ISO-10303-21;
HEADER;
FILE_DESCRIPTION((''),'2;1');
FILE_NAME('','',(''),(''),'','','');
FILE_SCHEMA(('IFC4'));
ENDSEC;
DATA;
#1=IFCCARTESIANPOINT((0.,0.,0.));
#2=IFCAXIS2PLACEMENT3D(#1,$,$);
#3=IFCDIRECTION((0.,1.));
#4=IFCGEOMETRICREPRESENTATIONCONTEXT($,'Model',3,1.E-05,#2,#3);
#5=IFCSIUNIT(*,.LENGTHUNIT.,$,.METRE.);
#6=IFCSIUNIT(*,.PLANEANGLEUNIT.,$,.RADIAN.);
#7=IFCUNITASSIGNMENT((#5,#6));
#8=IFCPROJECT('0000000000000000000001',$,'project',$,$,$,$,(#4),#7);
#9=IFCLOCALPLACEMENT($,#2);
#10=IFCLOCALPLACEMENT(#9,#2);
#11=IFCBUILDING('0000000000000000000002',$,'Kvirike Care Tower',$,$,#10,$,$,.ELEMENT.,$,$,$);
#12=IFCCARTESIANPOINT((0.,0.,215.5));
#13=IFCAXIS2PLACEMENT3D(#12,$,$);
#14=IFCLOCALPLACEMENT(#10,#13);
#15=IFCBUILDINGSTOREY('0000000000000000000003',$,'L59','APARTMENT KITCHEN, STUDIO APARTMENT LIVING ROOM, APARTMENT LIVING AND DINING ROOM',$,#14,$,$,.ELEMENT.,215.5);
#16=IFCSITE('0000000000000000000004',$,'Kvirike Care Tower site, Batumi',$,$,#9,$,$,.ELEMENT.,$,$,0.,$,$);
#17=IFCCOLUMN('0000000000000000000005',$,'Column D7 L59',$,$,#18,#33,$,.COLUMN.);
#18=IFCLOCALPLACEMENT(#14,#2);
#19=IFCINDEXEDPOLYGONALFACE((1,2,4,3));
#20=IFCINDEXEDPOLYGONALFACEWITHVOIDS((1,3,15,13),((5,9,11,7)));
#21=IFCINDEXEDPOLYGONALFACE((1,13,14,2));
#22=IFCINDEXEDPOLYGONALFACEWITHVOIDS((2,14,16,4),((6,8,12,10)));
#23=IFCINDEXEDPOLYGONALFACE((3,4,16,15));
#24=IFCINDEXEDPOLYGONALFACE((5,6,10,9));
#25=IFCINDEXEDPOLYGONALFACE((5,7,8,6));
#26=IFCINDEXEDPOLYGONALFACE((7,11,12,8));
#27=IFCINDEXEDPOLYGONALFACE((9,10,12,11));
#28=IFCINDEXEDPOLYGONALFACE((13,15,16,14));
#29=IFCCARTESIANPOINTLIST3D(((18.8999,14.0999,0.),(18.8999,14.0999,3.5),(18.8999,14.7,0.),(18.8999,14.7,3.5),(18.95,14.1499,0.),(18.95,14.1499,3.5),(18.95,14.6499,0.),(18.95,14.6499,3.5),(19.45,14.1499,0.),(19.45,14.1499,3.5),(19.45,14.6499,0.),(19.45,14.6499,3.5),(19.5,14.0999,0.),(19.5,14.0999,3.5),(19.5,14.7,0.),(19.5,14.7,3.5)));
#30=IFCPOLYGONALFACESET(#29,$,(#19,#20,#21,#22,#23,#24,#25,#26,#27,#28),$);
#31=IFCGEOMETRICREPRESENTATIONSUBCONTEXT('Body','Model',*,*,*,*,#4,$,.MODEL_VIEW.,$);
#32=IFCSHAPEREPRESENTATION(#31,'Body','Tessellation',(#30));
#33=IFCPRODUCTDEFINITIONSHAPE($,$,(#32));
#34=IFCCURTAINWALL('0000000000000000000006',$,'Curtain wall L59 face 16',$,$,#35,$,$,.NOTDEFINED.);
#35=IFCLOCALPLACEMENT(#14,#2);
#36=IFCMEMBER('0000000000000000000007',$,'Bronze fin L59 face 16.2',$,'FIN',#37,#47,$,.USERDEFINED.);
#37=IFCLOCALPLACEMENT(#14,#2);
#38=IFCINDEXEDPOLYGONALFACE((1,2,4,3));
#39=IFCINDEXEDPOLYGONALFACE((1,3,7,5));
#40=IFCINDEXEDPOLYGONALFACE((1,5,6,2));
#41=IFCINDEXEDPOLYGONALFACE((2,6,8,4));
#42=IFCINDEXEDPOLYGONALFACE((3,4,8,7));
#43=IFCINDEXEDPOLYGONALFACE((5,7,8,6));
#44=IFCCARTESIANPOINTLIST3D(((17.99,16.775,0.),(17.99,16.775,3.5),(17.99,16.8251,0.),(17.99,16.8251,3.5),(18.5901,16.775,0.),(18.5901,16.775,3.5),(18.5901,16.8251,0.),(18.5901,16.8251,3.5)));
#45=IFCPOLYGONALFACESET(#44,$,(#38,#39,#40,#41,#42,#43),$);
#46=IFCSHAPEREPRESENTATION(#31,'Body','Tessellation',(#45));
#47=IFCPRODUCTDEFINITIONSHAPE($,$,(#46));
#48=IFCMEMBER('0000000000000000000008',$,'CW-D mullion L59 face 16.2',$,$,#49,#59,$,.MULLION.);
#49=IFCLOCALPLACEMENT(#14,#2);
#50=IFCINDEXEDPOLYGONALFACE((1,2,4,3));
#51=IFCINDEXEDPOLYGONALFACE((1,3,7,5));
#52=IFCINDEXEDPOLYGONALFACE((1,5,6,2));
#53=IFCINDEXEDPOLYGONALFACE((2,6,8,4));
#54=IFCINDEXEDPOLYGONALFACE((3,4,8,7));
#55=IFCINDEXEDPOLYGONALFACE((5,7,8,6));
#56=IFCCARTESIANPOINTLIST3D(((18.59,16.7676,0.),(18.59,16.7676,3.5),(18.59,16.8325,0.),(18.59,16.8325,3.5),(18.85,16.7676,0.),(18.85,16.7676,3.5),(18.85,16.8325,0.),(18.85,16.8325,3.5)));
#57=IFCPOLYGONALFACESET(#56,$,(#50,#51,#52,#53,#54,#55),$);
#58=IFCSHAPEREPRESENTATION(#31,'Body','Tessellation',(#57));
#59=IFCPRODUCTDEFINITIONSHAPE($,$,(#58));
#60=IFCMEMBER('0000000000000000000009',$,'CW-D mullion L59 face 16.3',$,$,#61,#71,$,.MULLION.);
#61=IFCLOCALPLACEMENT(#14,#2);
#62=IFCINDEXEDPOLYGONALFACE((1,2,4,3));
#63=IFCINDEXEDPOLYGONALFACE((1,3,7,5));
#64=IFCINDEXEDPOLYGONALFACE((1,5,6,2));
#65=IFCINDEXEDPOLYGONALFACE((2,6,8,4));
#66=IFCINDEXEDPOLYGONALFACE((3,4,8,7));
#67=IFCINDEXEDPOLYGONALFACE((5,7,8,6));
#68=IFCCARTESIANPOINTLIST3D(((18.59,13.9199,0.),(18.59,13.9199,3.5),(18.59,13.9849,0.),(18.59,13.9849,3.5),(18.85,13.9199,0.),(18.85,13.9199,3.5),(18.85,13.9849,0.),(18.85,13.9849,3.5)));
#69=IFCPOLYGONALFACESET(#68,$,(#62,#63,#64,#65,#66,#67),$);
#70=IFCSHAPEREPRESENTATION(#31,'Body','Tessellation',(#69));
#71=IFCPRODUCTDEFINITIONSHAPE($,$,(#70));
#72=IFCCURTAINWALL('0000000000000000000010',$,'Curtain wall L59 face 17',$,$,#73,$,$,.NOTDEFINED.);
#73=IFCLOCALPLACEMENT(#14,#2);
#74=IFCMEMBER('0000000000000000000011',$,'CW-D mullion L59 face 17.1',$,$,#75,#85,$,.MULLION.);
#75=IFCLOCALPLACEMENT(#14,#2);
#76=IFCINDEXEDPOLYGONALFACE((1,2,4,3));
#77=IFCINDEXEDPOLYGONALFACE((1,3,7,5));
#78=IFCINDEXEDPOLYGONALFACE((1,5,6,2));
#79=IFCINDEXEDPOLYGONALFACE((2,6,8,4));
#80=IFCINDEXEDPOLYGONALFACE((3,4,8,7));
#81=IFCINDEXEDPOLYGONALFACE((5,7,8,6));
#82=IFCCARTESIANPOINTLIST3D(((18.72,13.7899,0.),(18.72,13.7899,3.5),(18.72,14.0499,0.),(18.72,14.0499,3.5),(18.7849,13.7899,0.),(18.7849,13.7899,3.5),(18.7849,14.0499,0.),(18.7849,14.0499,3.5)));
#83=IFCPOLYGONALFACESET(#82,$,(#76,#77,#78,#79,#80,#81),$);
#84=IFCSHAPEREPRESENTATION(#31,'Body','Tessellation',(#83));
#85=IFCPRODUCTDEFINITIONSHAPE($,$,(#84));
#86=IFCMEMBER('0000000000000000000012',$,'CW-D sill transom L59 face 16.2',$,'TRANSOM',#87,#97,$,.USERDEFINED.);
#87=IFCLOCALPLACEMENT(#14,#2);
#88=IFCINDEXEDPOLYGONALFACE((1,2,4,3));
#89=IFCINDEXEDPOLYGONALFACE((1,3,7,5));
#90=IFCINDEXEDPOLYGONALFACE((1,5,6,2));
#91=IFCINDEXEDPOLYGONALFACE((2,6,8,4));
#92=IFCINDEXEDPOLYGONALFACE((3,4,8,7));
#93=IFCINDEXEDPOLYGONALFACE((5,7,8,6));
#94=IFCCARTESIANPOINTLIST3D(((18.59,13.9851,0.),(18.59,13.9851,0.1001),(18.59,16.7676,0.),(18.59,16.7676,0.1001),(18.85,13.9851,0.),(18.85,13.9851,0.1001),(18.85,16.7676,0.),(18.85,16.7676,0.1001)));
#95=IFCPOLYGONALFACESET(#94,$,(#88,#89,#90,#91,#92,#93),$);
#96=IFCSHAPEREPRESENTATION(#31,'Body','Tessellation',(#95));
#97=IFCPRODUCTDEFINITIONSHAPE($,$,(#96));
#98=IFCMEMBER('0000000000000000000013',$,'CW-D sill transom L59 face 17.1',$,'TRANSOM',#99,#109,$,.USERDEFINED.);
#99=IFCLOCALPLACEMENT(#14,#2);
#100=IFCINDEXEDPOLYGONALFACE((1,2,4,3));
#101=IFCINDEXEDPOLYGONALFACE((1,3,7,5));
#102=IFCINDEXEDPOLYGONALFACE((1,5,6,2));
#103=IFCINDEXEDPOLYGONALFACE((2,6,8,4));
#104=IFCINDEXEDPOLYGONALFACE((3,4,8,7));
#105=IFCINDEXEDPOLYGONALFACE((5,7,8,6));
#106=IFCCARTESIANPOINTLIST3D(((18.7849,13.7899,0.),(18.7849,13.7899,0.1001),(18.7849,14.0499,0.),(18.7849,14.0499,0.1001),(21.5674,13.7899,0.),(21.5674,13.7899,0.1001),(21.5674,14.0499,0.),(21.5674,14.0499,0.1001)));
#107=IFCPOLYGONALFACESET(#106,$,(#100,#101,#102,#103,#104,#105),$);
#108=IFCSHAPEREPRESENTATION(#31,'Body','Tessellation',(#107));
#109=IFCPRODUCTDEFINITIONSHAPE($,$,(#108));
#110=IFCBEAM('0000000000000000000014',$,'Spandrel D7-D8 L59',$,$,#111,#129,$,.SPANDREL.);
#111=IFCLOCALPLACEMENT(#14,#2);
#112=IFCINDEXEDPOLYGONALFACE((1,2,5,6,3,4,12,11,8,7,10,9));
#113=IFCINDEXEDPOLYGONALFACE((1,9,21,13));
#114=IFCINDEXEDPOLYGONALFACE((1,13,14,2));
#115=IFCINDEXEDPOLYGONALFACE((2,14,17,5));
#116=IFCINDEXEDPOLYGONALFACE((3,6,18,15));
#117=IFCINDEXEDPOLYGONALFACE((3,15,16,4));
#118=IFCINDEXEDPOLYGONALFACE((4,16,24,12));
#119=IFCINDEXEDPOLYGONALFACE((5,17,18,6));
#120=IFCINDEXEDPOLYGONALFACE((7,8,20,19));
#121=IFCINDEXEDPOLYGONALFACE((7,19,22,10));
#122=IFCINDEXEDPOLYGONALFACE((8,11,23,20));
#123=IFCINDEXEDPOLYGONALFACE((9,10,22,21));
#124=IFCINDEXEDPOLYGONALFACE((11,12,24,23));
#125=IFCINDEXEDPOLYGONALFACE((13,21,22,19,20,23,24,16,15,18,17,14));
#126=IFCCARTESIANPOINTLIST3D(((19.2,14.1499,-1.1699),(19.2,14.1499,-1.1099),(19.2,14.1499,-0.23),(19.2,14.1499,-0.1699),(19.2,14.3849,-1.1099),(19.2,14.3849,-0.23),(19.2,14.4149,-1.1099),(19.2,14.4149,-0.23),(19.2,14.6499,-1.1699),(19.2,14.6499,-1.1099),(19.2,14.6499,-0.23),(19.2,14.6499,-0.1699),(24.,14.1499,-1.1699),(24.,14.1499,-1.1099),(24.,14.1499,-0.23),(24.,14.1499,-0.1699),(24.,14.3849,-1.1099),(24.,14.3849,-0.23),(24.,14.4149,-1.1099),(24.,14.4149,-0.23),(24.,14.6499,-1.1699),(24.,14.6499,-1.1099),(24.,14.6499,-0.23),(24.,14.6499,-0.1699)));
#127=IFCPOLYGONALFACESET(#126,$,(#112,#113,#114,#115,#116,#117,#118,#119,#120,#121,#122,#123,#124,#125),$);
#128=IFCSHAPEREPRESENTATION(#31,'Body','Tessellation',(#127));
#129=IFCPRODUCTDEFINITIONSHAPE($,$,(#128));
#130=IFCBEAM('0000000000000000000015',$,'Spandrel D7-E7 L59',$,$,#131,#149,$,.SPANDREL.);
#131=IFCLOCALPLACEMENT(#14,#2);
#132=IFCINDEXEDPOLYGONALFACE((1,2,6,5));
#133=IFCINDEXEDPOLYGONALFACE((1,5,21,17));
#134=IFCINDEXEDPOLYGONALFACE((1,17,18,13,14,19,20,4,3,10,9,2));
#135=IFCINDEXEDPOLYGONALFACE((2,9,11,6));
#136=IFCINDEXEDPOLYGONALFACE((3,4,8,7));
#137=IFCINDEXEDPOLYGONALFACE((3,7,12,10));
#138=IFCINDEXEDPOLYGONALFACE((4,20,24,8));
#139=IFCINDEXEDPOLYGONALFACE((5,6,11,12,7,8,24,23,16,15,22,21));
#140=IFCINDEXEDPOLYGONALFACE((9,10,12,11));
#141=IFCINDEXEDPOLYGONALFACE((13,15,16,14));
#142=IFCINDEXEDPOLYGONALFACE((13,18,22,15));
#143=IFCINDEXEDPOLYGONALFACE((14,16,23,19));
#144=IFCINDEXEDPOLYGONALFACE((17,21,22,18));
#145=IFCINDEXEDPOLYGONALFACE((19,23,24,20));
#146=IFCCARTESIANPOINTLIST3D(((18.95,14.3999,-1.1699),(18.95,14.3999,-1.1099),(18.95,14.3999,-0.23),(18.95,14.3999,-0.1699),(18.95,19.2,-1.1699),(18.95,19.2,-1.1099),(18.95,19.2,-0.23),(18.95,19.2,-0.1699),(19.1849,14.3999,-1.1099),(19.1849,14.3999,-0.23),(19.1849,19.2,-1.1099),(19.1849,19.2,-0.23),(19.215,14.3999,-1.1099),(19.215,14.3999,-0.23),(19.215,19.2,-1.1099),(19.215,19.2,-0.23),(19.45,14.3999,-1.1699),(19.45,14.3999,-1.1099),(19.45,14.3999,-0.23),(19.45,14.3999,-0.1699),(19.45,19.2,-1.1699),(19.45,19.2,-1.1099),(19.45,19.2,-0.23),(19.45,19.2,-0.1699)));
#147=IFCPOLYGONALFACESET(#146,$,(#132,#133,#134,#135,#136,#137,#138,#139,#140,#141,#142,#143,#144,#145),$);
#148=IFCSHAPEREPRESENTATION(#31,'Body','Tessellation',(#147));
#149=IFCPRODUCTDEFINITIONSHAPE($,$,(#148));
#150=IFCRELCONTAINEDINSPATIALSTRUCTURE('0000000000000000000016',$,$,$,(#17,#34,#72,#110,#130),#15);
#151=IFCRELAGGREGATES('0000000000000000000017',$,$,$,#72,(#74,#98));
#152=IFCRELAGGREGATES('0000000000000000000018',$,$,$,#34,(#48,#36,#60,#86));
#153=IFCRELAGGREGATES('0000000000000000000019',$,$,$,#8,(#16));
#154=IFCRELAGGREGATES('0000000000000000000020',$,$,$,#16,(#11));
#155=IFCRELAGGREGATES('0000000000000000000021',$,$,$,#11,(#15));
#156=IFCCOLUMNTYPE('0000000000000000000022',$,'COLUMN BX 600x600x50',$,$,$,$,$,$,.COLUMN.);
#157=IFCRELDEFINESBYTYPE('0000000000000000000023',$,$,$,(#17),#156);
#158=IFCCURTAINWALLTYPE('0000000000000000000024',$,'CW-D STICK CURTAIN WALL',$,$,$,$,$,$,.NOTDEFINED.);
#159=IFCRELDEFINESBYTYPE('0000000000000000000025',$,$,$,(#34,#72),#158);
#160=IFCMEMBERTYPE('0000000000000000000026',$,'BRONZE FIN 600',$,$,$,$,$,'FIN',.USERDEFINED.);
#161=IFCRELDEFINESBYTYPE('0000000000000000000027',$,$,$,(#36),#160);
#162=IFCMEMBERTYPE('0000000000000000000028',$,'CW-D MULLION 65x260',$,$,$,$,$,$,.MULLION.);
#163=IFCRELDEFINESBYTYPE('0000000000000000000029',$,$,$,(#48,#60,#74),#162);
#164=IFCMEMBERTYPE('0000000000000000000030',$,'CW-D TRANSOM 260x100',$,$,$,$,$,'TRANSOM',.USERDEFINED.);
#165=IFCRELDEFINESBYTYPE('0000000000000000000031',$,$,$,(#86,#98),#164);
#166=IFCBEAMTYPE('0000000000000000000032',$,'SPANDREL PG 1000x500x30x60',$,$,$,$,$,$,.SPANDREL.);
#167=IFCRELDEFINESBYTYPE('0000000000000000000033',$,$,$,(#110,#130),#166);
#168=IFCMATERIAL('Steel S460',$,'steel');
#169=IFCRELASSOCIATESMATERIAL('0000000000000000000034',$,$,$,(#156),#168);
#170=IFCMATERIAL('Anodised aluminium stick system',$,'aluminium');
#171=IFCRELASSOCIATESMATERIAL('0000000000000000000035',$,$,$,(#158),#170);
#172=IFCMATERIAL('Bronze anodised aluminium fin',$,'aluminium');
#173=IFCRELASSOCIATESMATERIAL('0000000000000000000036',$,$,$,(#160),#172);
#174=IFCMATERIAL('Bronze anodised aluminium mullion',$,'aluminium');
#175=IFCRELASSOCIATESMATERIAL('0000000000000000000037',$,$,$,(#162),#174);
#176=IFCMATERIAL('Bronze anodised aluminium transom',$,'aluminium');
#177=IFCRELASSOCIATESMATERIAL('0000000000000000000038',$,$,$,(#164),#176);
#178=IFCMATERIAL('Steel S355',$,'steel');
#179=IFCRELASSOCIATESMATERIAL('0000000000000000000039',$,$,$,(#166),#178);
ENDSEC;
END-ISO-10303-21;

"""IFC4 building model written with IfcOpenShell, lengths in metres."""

from ifc_helpers import new_model, si_unit, direction, frame, origin, origin_2d, place, context, subcontext, project, spatial, rectangle, hollow_rectangle, i_section, extrude, material, material_profile, profile_set, type_object, element, aggregate, save


model = new_model("IFC4")

# Units and contexts
model_context = context("Model", 3, precision=1e-05, world=origin(), true_north=direction((0.0, 1.0)))
body_context = subcontext(model_context, "Body", "Model", "MODEL_VIEW")
ifc_project = project(units=[si_unit("LENGTHUNIT", "METRE"), si_unit("PLANEANGLEUNIT", "RADIAN")], contexts=[model_context])

# Site, building, storey
site_placement = place(None, origin())
site = spatial("IfcSite", under=ifc_project, at=site_placement, Name="Kvirike Care Tower site, Batumi", CompositionType="ELEMENT", RefElevation=0.0)
building_placement = place(site_placement, origin())
building = spatial("IfcBuilding", under=site, at=building_placement, Name="Kvirike Care Tower", CompositionType="ELEMENT")
storey_placement = place(building_placement, frame((0.0, 0.0, 215.5)))
storey = spatial("IfcBuildingStorey", under=building, at=storey_placement, Name="L59", Description="APARTMENT KITCHEN, STUDIO APARTMENT LIVING ROOM, APARTMENT LIVING AND DINING ROOM", CompositionType="ELEMENT", Elevation=215.5)

# Column
ifc_material_1 = material(Name="Steel S460", Category="steel")
ifc_material_profile_1 = material_profile(ifc_material_1, hollow_rectangle(XDim=0.6001, YDim=0.6001, WallThickness=0.05, at=origin_2d()), Name="BX 600x600x50")
ifc_profile_set_1 = profile_set([ifc_material_profile_1], Name="Steel S460")
column_type = type_object("IfcColumnType", Name="COLUMN BX 600x600x50", PredefinedType="COLUMN", material=ifc_profile_set_1)
column_placement = place(storey_placement, frame((19.2, 14.3999, 0.0), z_axis=(0.0, 0.0, 1.0), x_axis=(0.0, 1.0, 0.0)))
element("IfcColumn", 1, at=column_placement, inside=storey, type_object=column_type, Name="Column D7 L59", PredefinedType="COLUMN", context=body_context, shape_type="SweptSolid", body=[
    extrude(hollow_rectangle(XDim=0.6001, YDim=0.6001, WallThickness=0.05, at=origin_2d()), origin(), (0.0, 0.0, 1.0), 3.5),
])

# Curtain wall, members
ifc_material_2 = material(Name="Anodised aluminium stick system", Category="aluminium")
curtain_wall_type = type_object("IfcCurtainWallType", Name="CW-D STICK CURTAIN WALL", PredefinedType="NOTDEFINED", material=ifc_material_2)
curtain_wall_1_placement = place(storey_placement, origin())
curtain_wall_1 = element("IfcCurtainWall", 2, at=curtain_wall_1_placement, inside=storey, type_object=curtain_wall_type, Name="Curtain wall L59 face 16", PredefinedType="NOTDEFINED")
ifc_material_3 = material(Name="Bronze anodised aluminium fin", Category="aluminium")
ifc_material_profile_2 = material_profile(ifc_material_3, rectangle(XDim=0.05, YDim=0.6001, at=origin_2d()), Name="BRONZE FIN 600")
ifc_profile_set_2 = profile_set([ifc_material_profile_2], Name="Bronze anodised aluminium fin")
member_type_1 = type_object("IfcMemberType", Name="BRONZE FIN 600", ElementType="FIN", PredefinedType="USERDEFINED", material=ifc_profile_set_2)
member_1_placement = place(storey_placement, frame((18.29, 16.8, 0.0), z_axis=(0.0, 0.0, 1.0), x_axis=(0.0, -1.0, 0.0)))
member_1 = element("IfcMember", 3, at=member_1_placement, type_object=member_type_1, Name="Bronze fin L59 face 16.2", ObjectType="FIN", PredefinedType="USERDEFINED", context=body_context, shape_type="SweptSolid", body=[
    extrude(rectangle(XDim=0.05, YDim=0.6001, at=origin_2d()), origin(), (0.0, 0.0, 1.0), 3.5),
])
ifc_material_4 = material(Name="Bronze anodised aluminium mullion", Category="aluminium")
ifc_material_profile_3 = material_profile(ifc_material_4, rectangle(XDim=0.0649, YDim=0.26, at=origin_2d()), Name="CW-D MULLION 65x260")
ifc_profile_set_3 = profile_set([ifc_material_profile_3], Name="Bronze anodised aluminium mullion")
member_type_2 = type_object("IfcMemberType", Name="CW-D MULLION 65x260", PredefinedType="MULLION", material=ifc_profile_set_3)
member_2_placement = place(storey_placement, frame((18.72, 16.8, 0.0), z_axis=(0.0, 0.0, 1.0), x_axis=(0.0, -1.0, 0.0)))
member_2 = element("IfcMember", 4, at=member_2_placement, type_object=member_type_2, Name="CW-D mullion L59 face 16.2", PredefinedType="MULLION", context=body_context, shape_type="SweptSolid", body=[
    extrude(rectangle(XDim=0.0649, YDim=0.26, at=origin_2d()), origin(), (0.0, 0.0, 1.0), 3.5),
])
member_3_placement = place(storey_placement, frame((18.72, 13.9524, 0.0), z_axis=(0.0, 0.0, 1.0), x_axis=(0.0, -1.0, 0.0)))
member_3 = element("IfcMember", 5, at=member_3_placement, type_object=member_type_2, Name="CW-D mullion L59 face 16.3", PredefinedType="MULLION", context=body_context, shape_type="SweptSolid", body=[
    extrude(rectangle(XDim=0.0649, YDim=0.26, at=origin_2d()), origin(), (0.0, 0.0, 1.0), 3.5),
])

# Curtain wall, member
curtain_wall_2_placement = place(storey_placement, origin())
curtain_wall_2 = element("IfcCurtainWall", 6, at=curtain_wall_2_placement, inside=storey, type_object=curtain_wall_type, Name="Curtain wall L59 face 17", PredefinedType="NOTDEFINED")
member_4_placement = place(storey_placement, frame((18.7524, 13.9199, 0.0), z_axis=(0.0, 0.0, 1.0), x_axis=(1.0, 0.0, 0.0)))
member_4 = element("IfcMember", 7, at=member_4_placement, type_object=member_type_2, Name="CW-D mullion L59 face 17.1", PredefinedType="MULLION", context=body_context, shape_type="SweptSolid", body=[
    extrude(rectangle(XDim=0.0649, YDim=0.26, at=origin_2d()), origin(), (0.0, 0.0, 1.0), 3.5),
])

# Members
ifc_material_5 = material(Name="Bronze anodised aluminium transom", Category="aluminium")
ifc_material_profile_4 = material_profile(ifc_material_5, rectangle(XDim=0.26, YDim=0.1001, at=origin_2d()), Name="CW-D TRANSOM 260x100")
ifc_profile_set_4 = profile_set([ifc_material_profile_4], Name="Bronze anodised aluminium transom")
member_type_3 = type_object("IfcMemberType", Name="CW-D TRANSOM 260x100", ElementType="TRANSOM", PredefinedType="USERDEFINED", material=ifc_profile_set_4)
member_5_placement = place(storey_placement, frame((18.72, 16.7676, 0.05), z_axis=(0.0, -1.0, 0.0), x_axis=(1.0, 0.0, 0.0)))
member_5 = element("IfcMember", 8, at=member_5_placement, type_object=member_type_3, Name="CW-D sill transom L59 face 16.2", ObjectType="TRANSOM", PredefinedType="USERDEFINED", context=body_context, shape_type="SweptSolid", body=[
    extrude(rectangle(XDim=0.26, YDim=0.1001, at=origin_2d()), origin(), (0.0, 0.0, 1.0), 2.7825),
])
member_6_placement = place(storey_placement, frame((18.7849, 13.9199, 0.05), z_axis=(1.0, 0.0, 0.0), x_axis=(0.0, 1.0, 0.0)))
member_6 = element("IfcMember", 9, at=member_6_placement, type_object=member_type_3, Name="CW-D sill transom L59 face 17.1", ObjectType="TRANSOM", PredefinedType="USERDEFINED", context=body_context, shape_type="SweptSolid", body=[
    extrude(rectangle(XDim=0.26, YDim=0.1001, at=origin_2d()), origin(), (0.0, 0.0, 1.0), 2.7825),
])
aggregate(curtain_wall_2, [member_4, member_6])

# Beams
ifc_material_6 = material(Name="Steel S355", Category="steel")
ifc_material_profile_5 = material_profile(ifc_material_6, i_section(OverallWidth=0.5, OverallDepth=1.0, WebThickness=0.03, FlangeThickness=0.0601, at=origin_2d()), Name="PG 1000x500x30x60")
ifc_profile_set_5 = profile_set([ifc_material_profile_5], Name="Steel S355")
beam_type = type_object("IfcBeamType", Name="SPANDREL PG 1000x500x30x60", PredefinedType="SPANDREL", material=ifc_profile_set_5)
for number, where, z_axis, x_axis, name in (
    (10, (19.2, 14.3999, -0.6699), (1.0, 0.0, 0.0), (0.0, 1.0, 0.0), "Spandrel D7-D8 L59"),
    (11, (19.2, 14.3999, -0.6699), (0.0, 1.0, 0.0), (-1.0, 0.0, 0.0), "Spandrel D7-E7 L59"),
):
    element("IfcBeam", number, at=place(storey_placement, frame(where, z_axis=z_axis, x_axis=x_axis)), inside=storey, type_object=beam_type, Name=name, PredefinedType="SPANDREL", context=body_context, shape_type="SweptSolid", body=[
        extrude(i_section(OverallWidth=0.5, OverallDepth=1.0, WebThickness=0.03, FlangeThickness=0.0601, at=origin_2d()), origin(), (0.0, 0.0, 1.0), 4.8),
    ])

aggregate(curtain_wall_1, [member_2, member_1, member_3, member_5])

save(model, "model.ifc")
